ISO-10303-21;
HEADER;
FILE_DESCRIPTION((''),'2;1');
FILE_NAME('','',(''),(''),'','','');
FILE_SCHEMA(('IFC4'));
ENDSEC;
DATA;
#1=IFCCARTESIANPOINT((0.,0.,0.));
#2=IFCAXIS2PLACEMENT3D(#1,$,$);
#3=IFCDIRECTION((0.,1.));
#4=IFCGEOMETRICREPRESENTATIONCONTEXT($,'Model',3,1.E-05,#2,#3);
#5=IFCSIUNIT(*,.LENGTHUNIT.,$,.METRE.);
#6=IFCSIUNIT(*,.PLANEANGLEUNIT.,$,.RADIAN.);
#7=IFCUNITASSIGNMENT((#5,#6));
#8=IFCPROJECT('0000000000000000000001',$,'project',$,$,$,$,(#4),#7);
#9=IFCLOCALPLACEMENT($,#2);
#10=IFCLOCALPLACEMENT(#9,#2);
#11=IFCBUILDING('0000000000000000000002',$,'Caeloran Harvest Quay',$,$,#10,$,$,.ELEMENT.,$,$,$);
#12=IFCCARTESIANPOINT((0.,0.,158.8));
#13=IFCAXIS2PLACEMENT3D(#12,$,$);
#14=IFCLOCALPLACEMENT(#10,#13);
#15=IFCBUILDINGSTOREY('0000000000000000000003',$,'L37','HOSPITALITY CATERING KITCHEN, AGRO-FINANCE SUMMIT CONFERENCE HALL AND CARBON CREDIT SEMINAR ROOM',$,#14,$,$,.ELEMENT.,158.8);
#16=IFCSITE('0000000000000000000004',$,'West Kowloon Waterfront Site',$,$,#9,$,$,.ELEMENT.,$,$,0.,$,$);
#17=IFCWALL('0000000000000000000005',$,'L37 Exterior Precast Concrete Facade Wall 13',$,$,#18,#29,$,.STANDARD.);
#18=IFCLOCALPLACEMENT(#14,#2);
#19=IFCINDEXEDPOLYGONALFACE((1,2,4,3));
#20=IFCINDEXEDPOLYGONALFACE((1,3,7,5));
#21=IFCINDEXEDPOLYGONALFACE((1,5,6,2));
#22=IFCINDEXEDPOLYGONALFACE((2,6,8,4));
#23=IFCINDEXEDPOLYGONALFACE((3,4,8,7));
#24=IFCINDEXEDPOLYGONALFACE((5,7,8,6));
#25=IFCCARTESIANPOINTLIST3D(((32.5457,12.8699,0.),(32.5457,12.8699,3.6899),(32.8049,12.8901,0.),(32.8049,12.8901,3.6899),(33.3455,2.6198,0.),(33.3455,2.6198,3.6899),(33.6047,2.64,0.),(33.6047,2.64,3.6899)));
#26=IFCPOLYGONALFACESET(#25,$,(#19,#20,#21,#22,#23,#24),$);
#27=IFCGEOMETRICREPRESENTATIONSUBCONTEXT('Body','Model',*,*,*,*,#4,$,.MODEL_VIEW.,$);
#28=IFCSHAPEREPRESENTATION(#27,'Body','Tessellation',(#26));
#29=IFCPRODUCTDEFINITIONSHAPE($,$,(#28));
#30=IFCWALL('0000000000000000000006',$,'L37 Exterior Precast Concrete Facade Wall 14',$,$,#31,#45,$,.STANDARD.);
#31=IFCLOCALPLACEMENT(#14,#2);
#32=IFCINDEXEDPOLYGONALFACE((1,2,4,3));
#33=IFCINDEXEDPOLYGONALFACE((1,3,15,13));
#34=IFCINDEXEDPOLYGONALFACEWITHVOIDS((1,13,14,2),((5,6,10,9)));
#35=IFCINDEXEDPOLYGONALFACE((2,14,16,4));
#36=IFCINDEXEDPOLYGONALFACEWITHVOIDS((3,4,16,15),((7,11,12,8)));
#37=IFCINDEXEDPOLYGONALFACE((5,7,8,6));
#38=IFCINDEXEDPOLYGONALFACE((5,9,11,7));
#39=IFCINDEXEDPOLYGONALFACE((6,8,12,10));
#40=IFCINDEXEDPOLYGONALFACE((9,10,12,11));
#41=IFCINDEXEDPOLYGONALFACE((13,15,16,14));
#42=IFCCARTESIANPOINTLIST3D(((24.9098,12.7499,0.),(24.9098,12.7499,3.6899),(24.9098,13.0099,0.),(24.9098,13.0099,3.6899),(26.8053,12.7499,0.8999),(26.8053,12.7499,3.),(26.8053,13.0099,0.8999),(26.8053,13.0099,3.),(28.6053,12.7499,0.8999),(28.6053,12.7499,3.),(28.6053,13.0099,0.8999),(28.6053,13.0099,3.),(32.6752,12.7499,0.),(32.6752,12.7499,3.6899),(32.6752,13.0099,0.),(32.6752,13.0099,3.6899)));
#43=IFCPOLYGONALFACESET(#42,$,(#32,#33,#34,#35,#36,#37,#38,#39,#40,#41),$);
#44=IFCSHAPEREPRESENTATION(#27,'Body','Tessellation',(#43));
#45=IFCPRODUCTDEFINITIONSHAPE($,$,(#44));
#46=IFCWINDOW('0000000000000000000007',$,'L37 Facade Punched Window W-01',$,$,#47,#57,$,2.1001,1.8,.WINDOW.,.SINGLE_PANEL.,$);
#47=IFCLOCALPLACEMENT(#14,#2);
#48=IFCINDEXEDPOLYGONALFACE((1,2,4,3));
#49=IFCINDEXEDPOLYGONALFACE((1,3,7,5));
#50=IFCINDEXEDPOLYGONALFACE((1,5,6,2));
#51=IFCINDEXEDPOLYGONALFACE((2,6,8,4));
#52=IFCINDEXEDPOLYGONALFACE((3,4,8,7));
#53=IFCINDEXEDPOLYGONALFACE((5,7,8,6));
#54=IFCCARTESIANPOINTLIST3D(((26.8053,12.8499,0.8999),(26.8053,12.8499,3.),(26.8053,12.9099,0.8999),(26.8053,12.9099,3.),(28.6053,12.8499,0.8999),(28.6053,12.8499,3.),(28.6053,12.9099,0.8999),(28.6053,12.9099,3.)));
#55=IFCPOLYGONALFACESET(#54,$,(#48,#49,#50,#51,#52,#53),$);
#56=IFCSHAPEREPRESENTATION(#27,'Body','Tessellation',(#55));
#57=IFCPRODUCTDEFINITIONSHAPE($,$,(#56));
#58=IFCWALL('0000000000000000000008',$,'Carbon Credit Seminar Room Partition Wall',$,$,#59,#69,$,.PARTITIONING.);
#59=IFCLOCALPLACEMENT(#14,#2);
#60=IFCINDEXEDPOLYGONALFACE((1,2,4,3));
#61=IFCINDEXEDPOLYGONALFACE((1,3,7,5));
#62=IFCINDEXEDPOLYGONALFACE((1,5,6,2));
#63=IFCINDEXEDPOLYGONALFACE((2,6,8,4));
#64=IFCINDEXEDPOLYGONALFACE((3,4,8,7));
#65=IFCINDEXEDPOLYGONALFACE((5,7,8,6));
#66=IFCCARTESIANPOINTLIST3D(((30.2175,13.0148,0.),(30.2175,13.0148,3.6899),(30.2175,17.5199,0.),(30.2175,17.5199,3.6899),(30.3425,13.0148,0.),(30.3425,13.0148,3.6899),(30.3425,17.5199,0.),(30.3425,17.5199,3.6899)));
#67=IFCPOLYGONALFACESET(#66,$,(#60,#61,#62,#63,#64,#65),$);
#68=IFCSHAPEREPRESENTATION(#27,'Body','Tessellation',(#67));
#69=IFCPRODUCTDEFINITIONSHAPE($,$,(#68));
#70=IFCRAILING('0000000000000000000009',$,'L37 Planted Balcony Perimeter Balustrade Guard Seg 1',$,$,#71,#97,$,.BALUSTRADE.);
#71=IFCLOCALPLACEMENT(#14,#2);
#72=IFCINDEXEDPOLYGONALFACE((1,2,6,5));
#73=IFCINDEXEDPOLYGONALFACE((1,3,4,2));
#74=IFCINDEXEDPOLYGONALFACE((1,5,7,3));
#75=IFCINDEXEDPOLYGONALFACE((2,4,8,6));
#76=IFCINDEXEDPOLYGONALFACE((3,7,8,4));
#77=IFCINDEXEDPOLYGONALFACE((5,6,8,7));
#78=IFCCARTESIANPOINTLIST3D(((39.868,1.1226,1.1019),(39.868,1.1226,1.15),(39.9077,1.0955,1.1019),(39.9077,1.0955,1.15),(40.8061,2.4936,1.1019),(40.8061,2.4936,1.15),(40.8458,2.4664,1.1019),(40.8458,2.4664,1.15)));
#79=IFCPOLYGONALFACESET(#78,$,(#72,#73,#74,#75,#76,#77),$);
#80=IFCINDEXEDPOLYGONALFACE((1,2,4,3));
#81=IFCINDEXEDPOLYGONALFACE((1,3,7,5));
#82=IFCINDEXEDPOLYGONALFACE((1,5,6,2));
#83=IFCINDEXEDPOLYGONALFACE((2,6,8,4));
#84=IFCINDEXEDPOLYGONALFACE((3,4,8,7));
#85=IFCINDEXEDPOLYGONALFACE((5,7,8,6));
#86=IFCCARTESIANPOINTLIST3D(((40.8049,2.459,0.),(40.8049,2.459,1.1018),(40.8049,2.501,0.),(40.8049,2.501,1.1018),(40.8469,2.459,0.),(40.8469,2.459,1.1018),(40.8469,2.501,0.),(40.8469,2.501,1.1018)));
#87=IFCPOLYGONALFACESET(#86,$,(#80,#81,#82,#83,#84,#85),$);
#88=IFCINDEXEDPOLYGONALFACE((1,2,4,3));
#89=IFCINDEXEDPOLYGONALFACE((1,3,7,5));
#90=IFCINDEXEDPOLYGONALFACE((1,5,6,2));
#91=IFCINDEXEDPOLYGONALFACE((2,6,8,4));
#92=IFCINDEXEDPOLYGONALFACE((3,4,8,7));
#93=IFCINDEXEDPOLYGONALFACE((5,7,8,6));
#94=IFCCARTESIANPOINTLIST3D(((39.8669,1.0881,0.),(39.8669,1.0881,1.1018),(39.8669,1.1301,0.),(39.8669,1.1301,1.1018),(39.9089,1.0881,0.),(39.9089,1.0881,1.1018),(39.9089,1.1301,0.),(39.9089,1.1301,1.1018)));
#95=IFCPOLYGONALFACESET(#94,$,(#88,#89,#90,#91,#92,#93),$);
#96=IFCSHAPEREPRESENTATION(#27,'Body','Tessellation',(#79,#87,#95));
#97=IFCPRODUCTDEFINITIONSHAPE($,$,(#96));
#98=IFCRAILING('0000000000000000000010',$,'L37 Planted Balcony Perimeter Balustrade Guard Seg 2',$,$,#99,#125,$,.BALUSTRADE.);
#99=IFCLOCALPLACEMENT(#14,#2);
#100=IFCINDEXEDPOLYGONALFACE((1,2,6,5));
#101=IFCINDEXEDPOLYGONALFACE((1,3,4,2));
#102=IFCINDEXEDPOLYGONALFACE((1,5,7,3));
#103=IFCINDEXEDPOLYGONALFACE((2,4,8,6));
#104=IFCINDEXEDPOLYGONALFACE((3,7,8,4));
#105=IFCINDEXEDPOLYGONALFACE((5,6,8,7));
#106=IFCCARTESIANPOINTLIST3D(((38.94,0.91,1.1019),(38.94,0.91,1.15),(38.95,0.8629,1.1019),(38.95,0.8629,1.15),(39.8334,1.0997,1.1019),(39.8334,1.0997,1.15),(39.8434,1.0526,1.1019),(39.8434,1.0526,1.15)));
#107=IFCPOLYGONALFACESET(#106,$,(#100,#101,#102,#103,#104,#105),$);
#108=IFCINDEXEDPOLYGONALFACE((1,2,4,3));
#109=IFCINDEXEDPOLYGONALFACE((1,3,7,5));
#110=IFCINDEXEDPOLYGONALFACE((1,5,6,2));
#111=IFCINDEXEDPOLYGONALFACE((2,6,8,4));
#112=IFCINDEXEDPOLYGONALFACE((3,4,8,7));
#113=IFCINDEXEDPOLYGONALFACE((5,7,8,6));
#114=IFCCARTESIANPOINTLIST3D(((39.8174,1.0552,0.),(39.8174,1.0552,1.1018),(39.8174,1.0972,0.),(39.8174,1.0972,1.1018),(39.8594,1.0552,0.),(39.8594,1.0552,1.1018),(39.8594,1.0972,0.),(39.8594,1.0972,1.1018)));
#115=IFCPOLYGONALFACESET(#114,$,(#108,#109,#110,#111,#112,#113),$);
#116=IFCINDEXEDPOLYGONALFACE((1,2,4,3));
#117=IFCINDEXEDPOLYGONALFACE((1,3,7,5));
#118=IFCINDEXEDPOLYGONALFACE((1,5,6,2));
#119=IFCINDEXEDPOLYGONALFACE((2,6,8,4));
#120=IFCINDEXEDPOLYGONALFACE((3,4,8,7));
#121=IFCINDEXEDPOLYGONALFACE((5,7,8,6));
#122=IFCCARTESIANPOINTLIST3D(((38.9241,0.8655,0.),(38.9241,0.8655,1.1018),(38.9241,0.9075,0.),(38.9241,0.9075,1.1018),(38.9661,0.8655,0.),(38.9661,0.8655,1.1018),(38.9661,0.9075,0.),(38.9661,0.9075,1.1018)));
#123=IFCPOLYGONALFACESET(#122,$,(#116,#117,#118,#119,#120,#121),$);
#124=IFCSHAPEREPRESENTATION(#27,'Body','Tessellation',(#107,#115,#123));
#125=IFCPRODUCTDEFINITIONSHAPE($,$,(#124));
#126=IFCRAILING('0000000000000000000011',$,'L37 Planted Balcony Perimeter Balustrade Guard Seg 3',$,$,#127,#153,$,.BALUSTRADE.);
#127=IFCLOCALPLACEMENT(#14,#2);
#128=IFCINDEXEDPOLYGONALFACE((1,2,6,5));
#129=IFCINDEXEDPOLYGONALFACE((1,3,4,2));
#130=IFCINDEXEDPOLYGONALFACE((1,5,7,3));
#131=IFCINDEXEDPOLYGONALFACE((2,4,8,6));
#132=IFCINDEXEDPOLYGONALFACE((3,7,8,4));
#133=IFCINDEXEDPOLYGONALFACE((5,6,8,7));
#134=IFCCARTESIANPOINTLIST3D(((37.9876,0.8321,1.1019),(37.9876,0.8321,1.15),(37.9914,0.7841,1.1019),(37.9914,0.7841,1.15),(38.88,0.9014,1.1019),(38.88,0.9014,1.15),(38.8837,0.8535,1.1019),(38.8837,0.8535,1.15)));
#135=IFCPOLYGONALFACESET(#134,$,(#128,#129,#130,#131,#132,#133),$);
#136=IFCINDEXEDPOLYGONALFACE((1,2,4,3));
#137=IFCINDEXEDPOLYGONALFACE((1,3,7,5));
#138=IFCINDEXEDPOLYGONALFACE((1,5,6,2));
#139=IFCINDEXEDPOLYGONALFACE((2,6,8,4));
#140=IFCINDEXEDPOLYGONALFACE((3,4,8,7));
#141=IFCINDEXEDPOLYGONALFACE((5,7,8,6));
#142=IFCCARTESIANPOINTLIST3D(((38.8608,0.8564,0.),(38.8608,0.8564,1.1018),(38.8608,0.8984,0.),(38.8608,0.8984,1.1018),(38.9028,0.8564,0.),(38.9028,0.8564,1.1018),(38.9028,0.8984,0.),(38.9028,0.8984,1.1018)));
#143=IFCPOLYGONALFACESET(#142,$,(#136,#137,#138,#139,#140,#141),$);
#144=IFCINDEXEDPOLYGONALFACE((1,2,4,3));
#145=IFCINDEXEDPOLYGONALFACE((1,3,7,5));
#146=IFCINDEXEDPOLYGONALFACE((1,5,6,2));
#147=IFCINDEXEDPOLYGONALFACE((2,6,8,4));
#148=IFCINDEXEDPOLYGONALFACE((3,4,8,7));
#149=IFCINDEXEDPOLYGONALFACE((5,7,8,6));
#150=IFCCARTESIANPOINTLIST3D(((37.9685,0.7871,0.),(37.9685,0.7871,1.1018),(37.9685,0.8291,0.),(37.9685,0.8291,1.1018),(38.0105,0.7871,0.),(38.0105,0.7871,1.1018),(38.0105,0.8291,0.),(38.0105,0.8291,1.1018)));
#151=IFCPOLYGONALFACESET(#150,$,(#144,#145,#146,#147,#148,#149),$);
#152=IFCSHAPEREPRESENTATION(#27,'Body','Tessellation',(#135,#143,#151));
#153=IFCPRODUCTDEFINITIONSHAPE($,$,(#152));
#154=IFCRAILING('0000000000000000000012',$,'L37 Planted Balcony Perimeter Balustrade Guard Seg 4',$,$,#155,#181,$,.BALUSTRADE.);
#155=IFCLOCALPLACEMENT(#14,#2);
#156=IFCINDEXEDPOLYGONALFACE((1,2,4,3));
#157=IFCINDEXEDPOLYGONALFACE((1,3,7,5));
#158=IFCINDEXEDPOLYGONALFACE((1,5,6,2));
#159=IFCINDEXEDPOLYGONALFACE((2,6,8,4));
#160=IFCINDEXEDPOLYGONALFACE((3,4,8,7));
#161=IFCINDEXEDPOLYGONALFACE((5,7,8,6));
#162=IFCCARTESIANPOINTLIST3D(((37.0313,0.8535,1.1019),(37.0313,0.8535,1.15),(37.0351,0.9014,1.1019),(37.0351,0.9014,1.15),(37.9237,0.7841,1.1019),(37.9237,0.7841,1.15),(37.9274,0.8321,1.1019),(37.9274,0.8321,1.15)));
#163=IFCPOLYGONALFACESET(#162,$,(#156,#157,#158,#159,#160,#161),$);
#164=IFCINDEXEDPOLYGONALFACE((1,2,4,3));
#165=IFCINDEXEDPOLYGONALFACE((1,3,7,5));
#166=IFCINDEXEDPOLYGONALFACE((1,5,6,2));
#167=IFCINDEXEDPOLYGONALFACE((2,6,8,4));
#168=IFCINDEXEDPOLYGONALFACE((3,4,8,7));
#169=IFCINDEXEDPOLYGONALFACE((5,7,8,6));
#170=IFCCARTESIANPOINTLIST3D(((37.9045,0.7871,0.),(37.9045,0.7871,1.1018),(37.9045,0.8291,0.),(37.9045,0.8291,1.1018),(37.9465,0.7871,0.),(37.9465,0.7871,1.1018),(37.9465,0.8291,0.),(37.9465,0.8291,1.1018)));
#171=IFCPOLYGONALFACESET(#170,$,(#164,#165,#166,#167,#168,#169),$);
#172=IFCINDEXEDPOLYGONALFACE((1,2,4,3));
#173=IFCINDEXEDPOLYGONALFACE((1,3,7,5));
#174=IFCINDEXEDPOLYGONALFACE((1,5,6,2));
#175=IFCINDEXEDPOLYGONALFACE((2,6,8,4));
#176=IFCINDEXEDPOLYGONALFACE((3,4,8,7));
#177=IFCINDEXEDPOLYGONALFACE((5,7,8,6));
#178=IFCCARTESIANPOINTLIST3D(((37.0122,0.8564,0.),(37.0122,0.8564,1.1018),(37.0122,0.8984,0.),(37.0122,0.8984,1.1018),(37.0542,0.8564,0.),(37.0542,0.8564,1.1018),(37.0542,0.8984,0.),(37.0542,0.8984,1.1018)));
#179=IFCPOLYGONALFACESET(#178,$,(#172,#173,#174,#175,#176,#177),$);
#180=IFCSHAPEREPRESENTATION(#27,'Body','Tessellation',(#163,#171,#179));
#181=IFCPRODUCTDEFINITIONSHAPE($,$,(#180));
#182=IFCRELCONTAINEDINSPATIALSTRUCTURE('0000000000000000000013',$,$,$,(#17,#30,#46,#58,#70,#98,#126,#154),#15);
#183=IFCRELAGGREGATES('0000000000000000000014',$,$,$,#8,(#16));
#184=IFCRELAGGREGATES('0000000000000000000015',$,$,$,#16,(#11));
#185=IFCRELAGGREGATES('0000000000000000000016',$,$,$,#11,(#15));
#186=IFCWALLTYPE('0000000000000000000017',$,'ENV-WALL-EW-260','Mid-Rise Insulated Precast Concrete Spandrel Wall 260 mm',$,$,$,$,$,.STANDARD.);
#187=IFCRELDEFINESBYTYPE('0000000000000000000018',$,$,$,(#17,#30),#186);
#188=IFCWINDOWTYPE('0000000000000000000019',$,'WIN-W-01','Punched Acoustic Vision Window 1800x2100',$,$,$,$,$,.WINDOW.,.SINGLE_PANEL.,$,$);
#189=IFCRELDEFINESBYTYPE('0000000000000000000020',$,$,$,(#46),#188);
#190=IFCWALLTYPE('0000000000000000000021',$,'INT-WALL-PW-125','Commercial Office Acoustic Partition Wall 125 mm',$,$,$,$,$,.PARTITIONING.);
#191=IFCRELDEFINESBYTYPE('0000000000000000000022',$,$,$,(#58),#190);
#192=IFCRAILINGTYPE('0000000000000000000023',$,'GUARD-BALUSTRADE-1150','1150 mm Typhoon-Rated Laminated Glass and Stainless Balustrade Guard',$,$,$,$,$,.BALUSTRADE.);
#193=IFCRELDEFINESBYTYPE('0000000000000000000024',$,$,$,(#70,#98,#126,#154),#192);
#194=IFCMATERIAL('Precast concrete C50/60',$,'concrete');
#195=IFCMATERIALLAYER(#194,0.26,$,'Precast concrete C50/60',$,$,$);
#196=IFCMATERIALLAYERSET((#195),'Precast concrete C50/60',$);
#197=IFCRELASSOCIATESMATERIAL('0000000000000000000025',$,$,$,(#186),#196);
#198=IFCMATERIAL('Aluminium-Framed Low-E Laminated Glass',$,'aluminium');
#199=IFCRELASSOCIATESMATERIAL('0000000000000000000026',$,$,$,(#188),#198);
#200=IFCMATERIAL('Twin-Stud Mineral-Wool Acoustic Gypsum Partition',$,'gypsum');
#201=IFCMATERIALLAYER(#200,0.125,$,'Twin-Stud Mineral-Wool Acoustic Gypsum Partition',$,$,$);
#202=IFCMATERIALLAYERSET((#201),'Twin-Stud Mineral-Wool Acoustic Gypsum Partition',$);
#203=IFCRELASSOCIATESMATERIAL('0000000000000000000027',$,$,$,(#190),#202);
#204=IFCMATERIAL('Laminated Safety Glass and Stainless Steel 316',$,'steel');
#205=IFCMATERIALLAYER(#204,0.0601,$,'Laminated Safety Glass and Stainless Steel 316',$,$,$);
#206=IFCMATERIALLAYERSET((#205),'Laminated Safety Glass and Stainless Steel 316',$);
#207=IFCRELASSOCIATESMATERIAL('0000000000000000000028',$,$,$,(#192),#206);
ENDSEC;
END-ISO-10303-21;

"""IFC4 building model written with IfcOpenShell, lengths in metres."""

from ifc_helpers import new_model, si_unit, direction, frame, frame_2d, origin, origin_2d, place, context, subcontext, project, spatial, rectangle, extrude, material, layer, layer_set, type_object, element, fill, save


model = new_model("IFC4")

# Units and contexts
model_context = context("Model", 3, precision=1e-05, world=origin(), true_north=direction((0.0, 1.0)))
body_context = subcontext(model_context, "Body", "Model", "MODEL_VIEW")
ifc_project = project(units=[si_unit("LENGTHUNIT", "METRE"), si_unit("PLANEANGLEUNIT", "RADIAN")], contexts=[model_context])

# Site, building, storey
site_placement = place(None, origin())
site = spatial("IfcSite", under=ifc_project, at=site_placement, Name="West Kowloon Waterfront Site", CompositionType="ELEMENT", RefElevation=0.0)
building_placement = place(site_placement, origin())
building = spatial("IfcBuilding", under=site, at=building_placement, Name="Caeloran Harvest Quay", CompositionType="ELEMENT")
storey_placement = place(building_placement, frame((0.0, 0.0, 158.8)))
storey = spatial("IfcBuildingStorey", under=building, at=storey_placement, Name="L37", Description="HOSPITALITY CATERING KITCHEN, AGRO-FINANCE SUMMIT CONFERENCE HALL AND CARBON CREDIT SEMINAR ROOM", CompositionType="ELEMENT", Elevation=158.8)

# Shared definitions
ifc_material_1 = material(Name="Precast concrete C50/60", Category="concrete")

# Shared definitions
ifc_layer_1 = layer(ifc_material_1, 0.26, Name="Precast concrete C50/60")
ifc_layer_set_1 = layer_set([ifc_layer_1], Name="Precast concrete C50/60")
wall_type_1 = type_object("IfcWallType", Name="ENV-WALL-EW-260", Description="Mid-Rise Insulated Precast Concrete Spandrel Wall 260 mm", PredefinedType="STANDARD", material=ifc_layer_set_1)

# Wall
wall_1_placement = place(storey_placement, frame((33.4751, 2.6299, 0.0), z_axis=(0.0, 0.0, 1.0), x_axis=(-0.077793, 0.99697, 0.0)))
element("IfcWall", 1, at=wall_1_placement, inside=storey, type_object=wall_type_1, Name="L37 Exterior Precast Concrete Facade Wall 13", PredefinedType="STANDARD", context=body_context, shape_type="SweptSolid", body=[
    extrude(rectangle(XDim=10.2812, YDim=0.26, at=frame_2d((5.1406, 0.0))), origin(), (0.0, 0.0, 1.0), 3.6899),
])

# Wall, opening, window
wall_2_placement = place(storey_placement, frame((32.6753, 12.8799, 0.0), z_axis=(0.0, 0.0, 1.0), x_axis=(-1.0, 0.0, 0.0)))
wall_2 = element("IfcWall", 2, at=wall_2_placement, inside=storey, type_object=wall_type_1, Name="L37 Exterior Precast Concrete Facade Wall 14", PredefinedType="STANDARD", context=body_context, shape_type="SweptSolid", body=[
    extrude(rectangle(XDim=7.7654, YDim=0.26, at=frame_2d((3.8828, 0.0))), origin(), (0.0, 0.0, 1.0), 3.6899),
])
opening_1_placement = place(wall_2_placement, frame((4.0701, 0.0, 0.8999)))
opening_1 = element("IfcOpeningElement", 3, at=opening_1_placement, cuts=wall_2, PredefinedType="OPENING", context=body_context, shape_type="SweptSolid", body=[
    extrude(rectangle(XDim=1.8, YDim=2.1001, at=frame_2d((0.8999, 1.05))), frame((0.0, 0.1401, 0.0), z_axis=(0.0, -1.0, 0.0), x_axis=(1.0, 0.0, 0.0)), (0.0, 0.0, 1.0), 0.28),
])
ifc_material_2 = material(Name="Aluminium-Framed Low-E Laminated Glass", Category="aluminium")
window_type = type_object("IfcWindowType", Name="WIN-W-01", Description="Punched Acoustic Vision Window 1800x2100", PartitioningType="SINGLE_PANEL", PredefinedType="WINDOW", material=ifc_material_2)
window_placement = place(opening_1_placement, origin())
window = element("IfcWindow", 4, at=window_placement, inside=storey, type_object=window_type, Name="L37 Facade Punched Window W-01", OverallHeight=2.1001, OverallWidth=1.8, PartitioningType="SINGLE_PANEL", PredefinedType="WINDOW", context=body_context, shape_type="SweptSolid", body=[
    extrude(rectangle(XDim=1.8, YDim=2.1001, at=frame_2d((0.8999, 1.05))), frame((0.0, 0.03, 0.0), z_axis=(0.0, -1.0, 0.0), x_axis=(1.0, 0.0, 0.0)), (0.0, 0.0, 1.0), 0.0601),
])
fill(opening_1, window)

# Wall
ifc_material_3 = material(Name="Twin-Stud Mineral-Wool Acoustic Gypsum Partition", Category="gypsum")
ifc_layer_2 = layer(ifc_material_3, 0.125, Name="Twin-Stud Mineral-Wool Acoustic Gypsum Partition")
ifc_layer_set_2 = layer_set([ifc_layer_2], Name="Twin-Stud Mineral-Wool Acoustic Gypsum Partition")
wall_type_2 = type_object("IfcWallType", Name="INT-WALL-PW-125", Description="Commercial Office Acoustic Partition Wall 125 mm", PredefinedType="PARTITIONING", material=ifc_layer_set_2)
wall_3_placement = place(storey_placement, frame((30.28, 13.0149, 0.0), z_axis=(0.0, 0.0, 1.0), x_axis=(0.0, 1.0, 0.0)))
element("IfcWall", 5, at=wall_3_placement, inside=storey, type_object=wall_type_2, Name="Carbon Credit Seminar Room Partition Wall", PredefinedType="PARTITIONING", context=body_context, shape_type="SweptSolid", body=[
    extrude(rectangle(XDim=4.5051, YDim=0.125, at=frame_2d((2.2524, 0.0))), origin(), (0.0, 0.0, 1.0), 3.6899),
])

# Railings
ifc_material_4 = material(Name="Laminated Safety Glass and Stainless Steel 316", Category="steel")
ifc_layer_3 = layer(ifc_material_4, 0.0601, Name="Laminated Safety Glass and Stainless Steel 316")
ifc_layer_set_3 = layer_set([ifc_layer_3], Name="Laminated Safety Glass and Stainless Steel 316")
railing_type = type_object("IfcRailingType", Name="GUARD-BALUSTRADE-1150", Description="1150 mm Typhoon-Rated Laminated Glass and Stainless Balustrade Guard", PredefinedType="BALUSTRADE", material=ifc_layer_set_3)
railing_1_placement = place(storey_placement, frame((40.8259, 2.48, 0.0)))
element("IfcRailing", 6, at=railing_1_placement, inside=storey, type_object=railing_type, Name="L37 Planted Balcony Perimeter Balustrade Guard Seg 1", PredefinedType="BALUSTRADE", context=body_context, shape_type="SweptSolid", body=[
    extrude(rectangle(XDim=0.0481, YDim=0.0481, at=origin_2d()), frame((0.0, 0.0, 1.126), z_axis=(-0.5647, -0.825296, 0.0), x_axis=(0.825296, -0.5647, 0.0)), (0.0, 0.0, 1.0), 1.6611),
    extrude(rectangle(XDim=0.042, YDim=0.042, at=origin_2d()), origin(), (0.0, 0.0, 1.0), 1.1018),
    extrude(rectangle(XDim=0.042, YDim=0.042, at=origin_2d()), frame((-0.938, -1.3708, 0.0)), (0.0, 0.0, 1.0), 1.1018),
])
railing_2_placement = place(storey_placement, frame((39.8384, 1.0762, 0.0)))
element("IfcRailing", 7, at=railing_2_placement, inside=storey, type_object=railing_type, Name="L37 Planted Balcony Perimeter Balustrade Guard Seg 2", PredefinedType="BALUSTRADE", context=body_context, shape_type="SweptSolid", body=[
    extrude(rectangle(XDim=0.0481, YDim=0.0481, at=origin_2d()), frame((0.0, 0.0, 1.126), z_axis=(-0.978188, -0.207721, 0.0), x_axis=(0.207721, -0.978188, 0.0)), (0.0, 0.0, 1.0), 0.9133),
    extrude(rectangle(XDim=0.042, YDim=0.042, at=origin_2d()), origin(), (0.0, 0.0, 1.0), 1.1018),
    extrude(rectangle(XDim=0.042, YDim=0.042, at=origin_2d()), frame((-0.8933, -0.1897, 0.0)), (0.0, 0.0, 1.0), 1.1018),
])
railing_3_placement = place(storey_placement, frame((38.8818, 0.8774, 0.0)))
element("IfcRailing", 8, at=railing_3_placement, inside=storey, type_object=railing_type, Name="L37 Planted Balcony Perimeter Balustrade Guard Seg 3", PredefinedType="BALUSTRADE", context=body_context, shape_type="SweptSolid", body=[
    extrude(rectangle(XDim=0.0481, YDim=0.0481, at=origin_2d()), frame((0.0, 0.0, 1.126), z_axis=(-0.996995, -0.077468, 0.0), x_axis=(0.077468, -0.996995, 0.0)), (0.0, 0.0, 1.0), 0.895),
    extrude(rectangle(XDim=0.042, YDim=0.042, at=origin_2d()), origin(), (0.0, 0.0, 1.0), 1.1018),
    extrude(rectangle(XDim=0.042, YDim=0.042, at=origin_2d()), frame((-0.8923, -0.0693, 0.0)), (0.0, 0.0, 1.0), 1.1018),
])
railing_4_placement = place(storey_placement, frame((37.9255, 0.8081, 0.0)))
element("IfcRailing", 9, at=railing_4_placement, inside=storey, type_object=railing_type, Name="L37 Planted Balcony Perimeter Balustrade Guard Seg 4", PredefinedType="BALUSTRADE", context=body_context, shape_type="SweptSolid", body=[
    extrude(rectangle(XDim=0.0481, YDim=0.0481, at=origin_2d()), frame((0.0, 0.0, 1.126), z_axis=(-0.996995, 0.077468, 0.0), x_axis=(-0.077468, -0.996995, 0.0)), (0.0, 0.0, 1.0), 0.895),
    extrude(rectangle(XDim=0.042, YDim=0.042, at=origin_2d()), origin(), (0.0, 0.0, 1.0), 1.1018),
    extrude(rectangle(XDim=0.042, YDim=0.042, at=origin_2d()), frame((-0.8923, 0.0693, 0.0)), (0.0, 0.0, 1.0), 1.1018),
])

save(model, "model.ifc")
